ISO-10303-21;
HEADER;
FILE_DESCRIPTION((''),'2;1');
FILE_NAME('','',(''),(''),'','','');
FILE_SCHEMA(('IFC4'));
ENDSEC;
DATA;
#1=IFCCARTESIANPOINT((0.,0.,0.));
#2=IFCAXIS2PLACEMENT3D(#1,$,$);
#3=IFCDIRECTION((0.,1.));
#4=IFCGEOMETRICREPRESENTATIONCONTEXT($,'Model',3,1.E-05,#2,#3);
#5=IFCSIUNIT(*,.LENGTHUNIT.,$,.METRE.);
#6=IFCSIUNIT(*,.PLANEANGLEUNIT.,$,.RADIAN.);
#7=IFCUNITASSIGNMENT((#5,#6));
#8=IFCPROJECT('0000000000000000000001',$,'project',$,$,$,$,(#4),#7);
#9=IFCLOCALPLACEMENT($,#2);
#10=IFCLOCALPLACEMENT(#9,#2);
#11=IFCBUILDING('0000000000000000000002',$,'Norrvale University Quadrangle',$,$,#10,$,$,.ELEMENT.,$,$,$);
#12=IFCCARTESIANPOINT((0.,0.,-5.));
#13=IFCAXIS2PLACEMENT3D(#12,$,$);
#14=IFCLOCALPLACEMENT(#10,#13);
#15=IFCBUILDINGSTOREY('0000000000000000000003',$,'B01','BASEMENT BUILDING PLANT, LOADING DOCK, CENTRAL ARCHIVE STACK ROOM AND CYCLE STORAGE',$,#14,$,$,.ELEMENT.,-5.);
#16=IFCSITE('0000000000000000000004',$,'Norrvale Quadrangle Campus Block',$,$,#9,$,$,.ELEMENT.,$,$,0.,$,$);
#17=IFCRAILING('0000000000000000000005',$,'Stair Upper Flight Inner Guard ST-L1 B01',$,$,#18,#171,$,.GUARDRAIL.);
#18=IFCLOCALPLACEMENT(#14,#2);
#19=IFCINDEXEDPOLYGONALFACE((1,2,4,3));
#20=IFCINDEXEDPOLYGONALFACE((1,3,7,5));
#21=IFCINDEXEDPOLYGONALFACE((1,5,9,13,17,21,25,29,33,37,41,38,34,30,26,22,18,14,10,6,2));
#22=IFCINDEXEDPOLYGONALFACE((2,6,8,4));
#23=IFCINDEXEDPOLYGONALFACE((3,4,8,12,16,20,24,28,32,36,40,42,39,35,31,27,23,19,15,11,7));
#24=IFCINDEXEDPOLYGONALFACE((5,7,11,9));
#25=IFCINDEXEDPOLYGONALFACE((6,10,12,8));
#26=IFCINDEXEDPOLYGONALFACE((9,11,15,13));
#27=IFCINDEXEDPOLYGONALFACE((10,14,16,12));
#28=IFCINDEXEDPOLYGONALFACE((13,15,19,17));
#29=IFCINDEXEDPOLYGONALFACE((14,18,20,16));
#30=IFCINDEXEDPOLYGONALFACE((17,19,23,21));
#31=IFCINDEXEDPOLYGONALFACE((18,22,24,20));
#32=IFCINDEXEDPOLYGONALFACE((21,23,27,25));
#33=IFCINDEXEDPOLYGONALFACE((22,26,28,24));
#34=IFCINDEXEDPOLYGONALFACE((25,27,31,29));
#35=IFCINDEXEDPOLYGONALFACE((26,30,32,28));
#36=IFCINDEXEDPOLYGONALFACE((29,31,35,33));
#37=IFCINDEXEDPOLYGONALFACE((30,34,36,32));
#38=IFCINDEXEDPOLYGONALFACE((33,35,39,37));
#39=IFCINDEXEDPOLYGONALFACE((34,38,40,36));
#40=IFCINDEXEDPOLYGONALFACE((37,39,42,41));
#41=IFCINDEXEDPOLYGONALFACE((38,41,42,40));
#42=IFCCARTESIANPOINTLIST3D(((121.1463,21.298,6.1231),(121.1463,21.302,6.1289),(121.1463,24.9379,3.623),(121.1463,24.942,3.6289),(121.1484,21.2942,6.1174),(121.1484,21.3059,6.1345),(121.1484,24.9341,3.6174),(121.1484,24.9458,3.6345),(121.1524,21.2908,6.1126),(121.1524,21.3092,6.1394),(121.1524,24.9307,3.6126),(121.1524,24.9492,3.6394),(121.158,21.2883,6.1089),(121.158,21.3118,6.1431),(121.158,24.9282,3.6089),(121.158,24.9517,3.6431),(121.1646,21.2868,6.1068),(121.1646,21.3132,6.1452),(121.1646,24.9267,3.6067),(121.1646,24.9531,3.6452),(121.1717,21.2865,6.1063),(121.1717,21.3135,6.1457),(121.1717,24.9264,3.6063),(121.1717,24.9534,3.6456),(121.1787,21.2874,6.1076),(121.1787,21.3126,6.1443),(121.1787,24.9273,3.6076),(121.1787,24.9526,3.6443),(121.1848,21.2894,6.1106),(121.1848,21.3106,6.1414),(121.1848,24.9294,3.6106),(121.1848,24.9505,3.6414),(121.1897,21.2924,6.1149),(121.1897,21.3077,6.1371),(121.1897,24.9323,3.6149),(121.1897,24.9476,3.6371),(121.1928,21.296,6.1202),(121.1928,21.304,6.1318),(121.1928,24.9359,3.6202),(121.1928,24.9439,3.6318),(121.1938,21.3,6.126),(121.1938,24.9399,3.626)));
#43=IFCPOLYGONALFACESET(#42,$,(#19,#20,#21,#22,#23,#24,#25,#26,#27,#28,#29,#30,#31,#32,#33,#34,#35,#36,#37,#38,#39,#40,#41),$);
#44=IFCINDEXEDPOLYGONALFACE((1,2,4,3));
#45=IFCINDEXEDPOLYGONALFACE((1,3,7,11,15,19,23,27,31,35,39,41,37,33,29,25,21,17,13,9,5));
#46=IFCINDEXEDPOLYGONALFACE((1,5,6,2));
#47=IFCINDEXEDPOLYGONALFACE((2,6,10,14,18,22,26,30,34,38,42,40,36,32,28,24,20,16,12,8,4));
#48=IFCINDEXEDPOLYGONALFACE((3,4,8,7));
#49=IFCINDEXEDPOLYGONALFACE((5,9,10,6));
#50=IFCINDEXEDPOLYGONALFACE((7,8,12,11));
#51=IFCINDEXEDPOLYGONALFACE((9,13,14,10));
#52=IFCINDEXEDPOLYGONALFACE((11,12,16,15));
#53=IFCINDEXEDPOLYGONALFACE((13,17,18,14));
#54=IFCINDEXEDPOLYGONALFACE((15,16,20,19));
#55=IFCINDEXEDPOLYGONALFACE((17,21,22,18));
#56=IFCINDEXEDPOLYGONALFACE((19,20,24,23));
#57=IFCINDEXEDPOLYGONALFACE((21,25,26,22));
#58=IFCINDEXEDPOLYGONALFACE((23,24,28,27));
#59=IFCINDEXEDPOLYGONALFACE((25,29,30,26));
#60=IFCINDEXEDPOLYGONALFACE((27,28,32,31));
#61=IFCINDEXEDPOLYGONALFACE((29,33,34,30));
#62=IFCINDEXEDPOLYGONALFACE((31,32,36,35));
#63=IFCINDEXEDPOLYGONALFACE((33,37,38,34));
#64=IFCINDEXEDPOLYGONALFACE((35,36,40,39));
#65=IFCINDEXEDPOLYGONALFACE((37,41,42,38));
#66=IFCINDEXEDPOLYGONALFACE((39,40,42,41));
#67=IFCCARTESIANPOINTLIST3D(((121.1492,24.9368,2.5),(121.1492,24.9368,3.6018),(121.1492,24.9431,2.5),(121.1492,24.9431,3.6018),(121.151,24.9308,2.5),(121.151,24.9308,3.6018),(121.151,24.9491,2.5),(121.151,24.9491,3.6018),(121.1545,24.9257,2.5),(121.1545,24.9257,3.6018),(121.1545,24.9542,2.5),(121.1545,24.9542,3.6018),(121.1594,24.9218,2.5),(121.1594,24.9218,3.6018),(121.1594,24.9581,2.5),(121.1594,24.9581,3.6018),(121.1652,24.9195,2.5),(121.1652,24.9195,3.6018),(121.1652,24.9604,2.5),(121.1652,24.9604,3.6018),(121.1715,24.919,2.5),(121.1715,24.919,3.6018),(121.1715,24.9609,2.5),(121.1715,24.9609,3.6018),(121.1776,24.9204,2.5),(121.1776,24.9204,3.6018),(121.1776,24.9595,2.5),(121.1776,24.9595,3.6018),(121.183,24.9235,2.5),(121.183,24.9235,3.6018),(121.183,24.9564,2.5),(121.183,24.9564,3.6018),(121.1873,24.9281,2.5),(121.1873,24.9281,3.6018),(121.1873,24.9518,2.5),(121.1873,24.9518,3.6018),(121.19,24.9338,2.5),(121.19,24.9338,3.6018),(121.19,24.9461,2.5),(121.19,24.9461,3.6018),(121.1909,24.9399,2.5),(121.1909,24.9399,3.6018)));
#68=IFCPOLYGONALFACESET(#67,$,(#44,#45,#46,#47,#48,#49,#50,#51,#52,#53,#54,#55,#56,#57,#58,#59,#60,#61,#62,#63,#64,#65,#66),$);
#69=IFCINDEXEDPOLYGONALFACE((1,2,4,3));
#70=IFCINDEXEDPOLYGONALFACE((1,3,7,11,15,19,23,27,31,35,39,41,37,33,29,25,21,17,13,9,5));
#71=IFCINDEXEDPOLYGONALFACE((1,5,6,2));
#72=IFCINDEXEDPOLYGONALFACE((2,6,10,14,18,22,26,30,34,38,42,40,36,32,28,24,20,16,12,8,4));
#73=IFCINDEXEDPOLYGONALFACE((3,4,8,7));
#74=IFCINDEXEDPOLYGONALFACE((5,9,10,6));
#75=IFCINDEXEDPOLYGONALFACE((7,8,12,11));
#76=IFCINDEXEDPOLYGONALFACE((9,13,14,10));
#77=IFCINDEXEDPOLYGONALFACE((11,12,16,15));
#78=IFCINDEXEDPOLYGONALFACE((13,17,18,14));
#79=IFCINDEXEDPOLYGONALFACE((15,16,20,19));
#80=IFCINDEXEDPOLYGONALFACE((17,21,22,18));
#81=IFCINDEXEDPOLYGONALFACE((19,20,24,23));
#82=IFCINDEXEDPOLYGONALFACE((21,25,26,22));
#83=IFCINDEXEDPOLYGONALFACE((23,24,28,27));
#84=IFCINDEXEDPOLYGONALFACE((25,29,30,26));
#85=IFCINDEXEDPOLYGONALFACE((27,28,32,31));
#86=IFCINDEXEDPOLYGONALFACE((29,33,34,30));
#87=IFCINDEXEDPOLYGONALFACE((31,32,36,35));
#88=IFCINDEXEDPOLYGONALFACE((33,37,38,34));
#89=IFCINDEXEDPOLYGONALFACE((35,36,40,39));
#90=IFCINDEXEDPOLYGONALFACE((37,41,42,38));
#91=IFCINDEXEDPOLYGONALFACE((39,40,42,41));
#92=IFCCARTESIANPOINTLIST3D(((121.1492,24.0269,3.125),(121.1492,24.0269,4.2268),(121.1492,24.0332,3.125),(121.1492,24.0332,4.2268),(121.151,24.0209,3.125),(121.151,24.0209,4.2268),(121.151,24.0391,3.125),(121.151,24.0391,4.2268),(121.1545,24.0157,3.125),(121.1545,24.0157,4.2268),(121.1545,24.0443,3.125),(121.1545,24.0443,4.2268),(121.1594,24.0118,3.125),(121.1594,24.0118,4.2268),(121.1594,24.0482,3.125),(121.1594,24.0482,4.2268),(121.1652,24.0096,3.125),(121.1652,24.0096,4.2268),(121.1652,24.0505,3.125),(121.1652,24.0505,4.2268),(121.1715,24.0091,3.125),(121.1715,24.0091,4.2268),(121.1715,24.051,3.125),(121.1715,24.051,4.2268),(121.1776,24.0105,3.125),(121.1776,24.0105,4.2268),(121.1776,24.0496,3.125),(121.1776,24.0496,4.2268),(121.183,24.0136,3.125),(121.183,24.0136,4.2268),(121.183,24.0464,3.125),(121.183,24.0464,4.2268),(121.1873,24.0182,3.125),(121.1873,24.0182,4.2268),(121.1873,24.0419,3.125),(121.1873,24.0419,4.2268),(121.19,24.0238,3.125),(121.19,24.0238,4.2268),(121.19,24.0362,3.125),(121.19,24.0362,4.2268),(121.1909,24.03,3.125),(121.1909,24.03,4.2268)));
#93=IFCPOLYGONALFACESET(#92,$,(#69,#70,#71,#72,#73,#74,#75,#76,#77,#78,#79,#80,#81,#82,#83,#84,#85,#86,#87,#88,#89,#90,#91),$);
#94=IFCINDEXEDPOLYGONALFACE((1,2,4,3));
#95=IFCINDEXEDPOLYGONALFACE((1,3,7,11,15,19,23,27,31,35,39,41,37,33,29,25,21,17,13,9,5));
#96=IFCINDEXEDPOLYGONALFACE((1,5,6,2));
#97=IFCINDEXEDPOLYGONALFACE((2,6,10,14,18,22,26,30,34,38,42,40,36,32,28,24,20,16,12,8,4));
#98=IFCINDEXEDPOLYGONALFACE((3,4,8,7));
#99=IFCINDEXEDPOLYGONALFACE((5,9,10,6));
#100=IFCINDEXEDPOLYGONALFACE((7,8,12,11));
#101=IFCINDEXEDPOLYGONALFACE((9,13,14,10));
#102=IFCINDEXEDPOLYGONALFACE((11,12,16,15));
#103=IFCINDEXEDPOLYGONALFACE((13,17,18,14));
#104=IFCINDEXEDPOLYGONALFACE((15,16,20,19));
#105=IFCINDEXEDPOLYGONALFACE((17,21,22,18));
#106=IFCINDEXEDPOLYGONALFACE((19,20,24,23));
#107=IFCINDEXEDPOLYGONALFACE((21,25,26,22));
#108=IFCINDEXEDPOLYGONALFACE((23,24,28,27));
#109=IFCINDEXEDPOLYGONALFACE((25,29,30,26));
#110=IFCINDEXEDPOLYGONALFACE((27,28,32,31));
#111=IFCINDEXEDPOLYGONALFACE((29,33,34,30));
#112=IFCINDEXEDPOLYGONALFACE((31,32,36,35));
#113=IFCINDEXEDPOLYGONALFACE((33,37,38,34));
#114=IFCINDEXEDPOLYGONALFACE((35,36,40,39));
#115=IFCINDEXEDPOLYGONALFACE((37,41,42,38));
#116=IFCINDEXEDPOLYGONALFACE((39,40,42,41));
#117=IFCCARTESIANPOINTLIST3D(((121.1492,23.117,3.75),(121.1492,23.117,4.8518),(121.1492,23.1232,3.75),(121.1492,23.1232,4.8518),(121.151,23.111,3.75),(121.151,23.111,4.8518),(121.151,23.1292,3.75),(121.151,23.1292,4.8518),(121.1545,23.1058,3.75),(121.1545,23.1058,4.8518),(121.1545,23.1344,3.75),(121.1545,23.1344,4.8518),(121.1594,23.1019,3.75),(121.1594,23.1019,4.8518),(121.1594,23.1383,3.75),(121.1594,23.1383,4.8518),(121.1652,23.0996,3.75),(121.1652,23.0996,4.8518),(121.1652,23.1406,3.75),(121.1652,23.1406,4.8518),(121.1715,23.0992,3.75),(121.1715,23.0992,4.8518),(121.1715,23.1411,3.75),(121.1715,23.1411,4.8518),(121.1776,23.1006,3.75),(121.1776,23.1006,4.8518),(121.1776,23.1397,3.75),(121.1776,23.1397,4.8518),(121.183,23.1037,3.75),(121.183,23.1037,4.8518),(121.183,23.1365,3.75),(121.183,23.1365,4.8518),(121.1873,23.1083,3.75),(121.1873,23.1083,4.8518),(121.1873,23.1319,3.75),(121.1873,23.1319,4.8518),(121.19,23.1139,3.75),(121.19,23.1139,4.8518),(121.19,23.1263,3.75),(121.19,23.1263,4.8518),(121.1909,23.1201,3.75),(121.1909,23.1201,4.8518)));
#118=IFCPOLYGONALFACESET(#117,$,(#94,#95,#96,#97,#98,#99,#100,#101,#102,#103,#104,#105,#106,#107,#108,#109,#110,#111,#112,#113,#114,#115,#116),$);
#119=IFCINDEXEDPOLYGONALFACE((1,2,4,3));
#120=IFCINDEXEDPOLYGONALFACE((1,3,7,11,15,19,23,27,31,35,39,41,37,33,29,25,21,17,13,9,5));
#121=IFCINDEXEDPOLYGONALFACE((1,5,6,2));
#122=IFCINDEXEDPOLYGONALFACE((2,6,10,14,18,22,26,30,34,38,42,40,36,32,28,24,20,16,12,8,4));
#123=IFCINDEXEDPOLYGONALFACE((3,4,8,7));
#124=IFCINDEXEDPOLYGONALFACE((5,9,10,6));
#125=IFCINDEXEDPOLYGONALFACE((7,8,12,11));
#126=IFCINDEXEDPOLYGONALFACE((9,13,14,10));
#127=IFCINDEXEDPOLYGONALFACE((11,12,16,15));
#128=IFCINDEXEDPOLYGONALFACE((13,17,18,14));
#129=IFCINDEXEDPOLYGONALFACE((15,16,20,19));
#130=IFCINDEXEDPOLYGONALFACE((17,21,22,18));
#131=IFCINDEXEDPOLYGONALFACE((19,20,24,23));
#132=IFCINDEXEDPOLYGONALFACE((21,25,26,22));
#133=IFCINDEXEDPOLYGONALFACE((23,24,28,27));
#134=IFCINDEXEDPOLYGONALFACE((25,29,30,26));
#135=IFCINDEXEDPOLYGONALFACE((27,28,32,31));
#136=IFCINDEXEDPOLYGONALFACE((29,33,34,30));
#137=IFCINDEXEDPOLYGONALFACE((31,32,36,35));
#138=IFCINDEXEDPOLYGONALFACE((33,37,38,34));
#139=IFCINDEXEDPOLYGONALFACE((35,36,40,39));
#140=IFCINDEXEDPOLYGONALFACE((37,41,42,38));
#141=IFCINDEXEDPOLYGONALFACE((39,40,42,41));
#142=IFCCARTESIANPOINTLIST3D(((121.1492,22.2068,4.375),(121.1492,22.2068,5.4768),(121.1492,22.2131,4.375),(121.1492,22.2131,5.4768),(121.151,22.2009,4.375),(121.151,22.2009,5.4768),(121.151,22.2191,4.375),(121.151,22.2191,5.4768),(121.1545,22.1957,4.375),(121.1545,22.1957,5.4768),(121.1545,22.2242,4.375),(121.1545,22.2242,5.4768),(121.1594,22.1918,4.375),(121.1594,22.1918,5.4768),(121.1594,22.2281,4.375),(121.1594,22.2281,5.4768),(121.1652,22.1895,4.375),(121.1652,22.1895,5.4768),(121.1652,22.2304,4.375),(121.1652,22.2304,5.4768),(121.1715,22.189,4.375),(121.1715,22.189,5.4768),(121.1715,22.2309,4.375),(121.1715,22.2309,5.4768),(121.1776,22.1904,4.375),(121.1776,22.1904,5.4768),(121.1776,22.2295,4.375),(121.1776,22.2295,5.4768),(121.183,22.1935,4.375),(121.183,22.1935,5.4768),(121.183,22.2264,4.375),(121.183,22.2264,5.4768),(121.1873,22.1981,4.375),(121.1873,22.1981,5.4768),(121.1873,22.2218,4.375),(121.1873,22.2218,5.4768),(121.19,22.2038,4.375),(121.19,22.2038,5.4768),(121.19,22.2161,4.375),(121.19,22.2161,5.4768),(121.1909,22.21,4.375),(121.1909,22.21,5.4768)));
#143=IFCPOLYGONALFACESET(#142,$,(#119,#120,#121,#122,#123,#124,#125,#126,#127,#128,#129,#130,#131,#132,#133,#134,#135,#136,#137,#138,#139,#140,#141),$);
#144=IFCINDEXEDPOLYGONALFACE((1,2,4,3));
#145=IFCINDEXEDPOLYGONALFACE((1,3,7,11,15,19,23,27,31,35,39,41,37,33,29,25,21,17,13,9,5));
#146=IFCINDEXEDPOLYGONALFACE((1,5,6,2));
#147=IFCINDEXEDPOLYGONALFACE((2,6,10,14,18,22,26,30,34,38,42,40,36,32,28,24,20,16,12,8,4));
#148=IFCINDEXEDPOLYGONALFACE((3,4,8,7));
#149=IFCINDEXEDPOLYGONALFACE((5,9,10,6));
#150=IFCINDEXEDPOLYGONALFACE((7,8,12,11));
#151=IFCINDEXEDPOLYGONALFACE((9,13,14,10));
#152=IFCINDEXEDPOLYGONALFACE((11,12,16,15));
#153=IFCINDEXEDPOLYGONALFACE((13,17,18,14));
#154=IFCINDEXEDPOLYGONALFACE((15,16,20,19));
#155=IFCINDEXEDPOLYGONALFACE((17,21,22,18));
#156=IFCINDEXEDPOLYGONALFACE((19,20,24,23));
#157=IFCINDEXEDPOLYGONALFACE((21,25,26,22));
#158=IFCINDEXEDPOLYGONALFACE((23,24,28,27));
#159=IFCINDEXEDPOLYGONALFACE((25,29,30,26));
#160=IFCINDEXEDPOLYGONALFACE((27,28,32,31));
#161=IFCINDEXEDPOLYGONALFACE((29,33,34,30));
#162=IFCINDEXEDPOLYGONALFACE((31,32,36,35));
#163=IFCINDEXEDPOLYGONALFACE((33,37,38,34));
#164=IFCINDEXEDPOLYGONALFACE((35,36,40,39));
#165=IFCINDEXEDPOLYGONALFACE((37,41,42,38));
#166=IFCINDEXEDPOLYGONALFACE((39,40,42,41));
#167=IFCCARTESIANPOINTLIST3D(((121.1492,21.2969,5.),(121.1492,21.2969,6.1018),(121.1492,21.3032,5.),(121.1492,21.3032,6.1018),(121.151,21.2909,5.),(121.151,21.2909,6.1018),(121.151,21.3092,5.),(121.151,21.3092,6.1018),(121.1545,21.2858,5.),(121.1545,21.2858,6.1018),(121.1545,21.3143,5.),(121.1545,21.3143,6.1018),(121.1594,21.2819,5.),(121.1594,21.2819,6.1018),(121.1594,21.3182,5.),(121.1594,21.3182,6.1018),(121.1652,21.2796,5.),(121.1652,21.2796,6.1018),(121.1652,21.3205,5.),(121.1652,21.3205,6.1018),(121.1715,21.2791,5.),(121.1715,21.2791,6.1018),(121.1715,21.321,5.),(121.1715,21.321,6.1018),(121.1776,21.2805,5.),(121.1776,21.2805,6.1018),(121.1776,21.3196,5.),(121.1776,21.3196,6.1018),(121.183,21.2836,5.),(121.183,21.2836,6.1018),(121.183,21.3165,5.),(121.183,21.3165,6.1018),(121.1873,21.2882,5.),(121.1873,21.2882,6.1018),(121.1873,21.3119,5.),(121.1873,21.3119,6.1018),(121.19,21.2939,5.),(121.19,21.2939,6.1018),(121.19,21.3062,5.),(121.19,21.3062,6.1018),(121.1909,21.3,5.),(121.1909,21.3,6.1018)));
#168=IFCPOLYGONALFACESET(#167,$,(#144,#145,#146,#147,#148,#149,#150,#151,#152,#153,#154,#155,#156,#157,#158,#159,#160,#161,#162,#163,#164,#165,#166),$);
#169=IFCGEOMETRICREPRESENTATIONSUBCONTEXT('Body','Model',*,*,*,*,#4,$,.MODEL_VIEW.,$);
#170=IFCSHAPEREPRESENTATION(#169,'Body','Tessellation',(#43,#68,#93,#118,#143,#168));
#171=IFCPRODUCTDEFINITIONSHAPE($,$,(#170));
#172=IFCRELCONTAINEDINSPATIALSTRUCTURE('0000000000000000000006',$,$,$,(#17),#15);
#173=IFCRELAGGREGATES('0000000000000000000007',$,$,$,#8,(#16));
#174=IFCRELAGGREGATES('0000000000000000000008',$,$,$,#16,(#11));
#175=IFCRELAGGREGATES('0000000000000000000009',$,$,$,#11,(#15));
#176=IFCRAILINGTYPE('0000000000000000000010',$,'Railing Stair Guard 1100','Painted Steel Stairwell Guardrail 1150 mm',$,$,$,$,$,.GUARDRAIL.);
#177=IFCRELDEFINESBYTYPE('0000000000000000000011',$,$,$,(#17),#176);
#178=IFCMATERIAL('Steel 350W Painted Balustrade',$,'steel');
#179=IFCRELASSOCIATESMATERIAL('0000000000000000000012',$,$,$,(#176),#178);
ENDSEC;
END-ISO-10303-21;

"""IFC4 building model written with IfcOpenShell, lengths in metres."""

from ifc_helpers import new_model, si_unit, direction, frame, origin, origin_2d, place, context, subcontext, project, spatial, circle, extrude, material, type_object, element, save


model = new_model("IFC4")

# Units and contexts
model_context = context("Model", 3, precision=1e-05, world=origin(), true_north=direction((0.0, 1.0)))
body_context = subcontext(model_context, "Body", "Model", "MODEL_VIEW")
ifc_project = project(units=[si_unit("LENGTHUNIT", "METRE"), si_unit("PLANEANGLEUNIT", "RADIAN")], contexts=[model_context])

# Site, building, storey
site_placement = place(None, origin())
site = spatial("IfcSite", under=ifc_project, at=site_placement, Name="Norrvale Quadrangle Campus Block", CompositionType="ELEMENT", RefElevation=0.0)
building_placement = place(site_placement, origin())
building = spatial("IfcBuilding", under=site, at=building_placement, Name="Norrvale University Quadrangle", CompositionType="ELEMENT")
storey_placement = place(building_placement, frame((0.0, 0.0, -5.0)))
storey = spatial("IfcBuildingStorey", under=building, at=storey_placement, Name="B01", Description="BASEMENT BUILDING PLANT, LOADING DOCK, CENTRAL ARCHIVE STACK ROOM AND CYCLE STORAGE", CompositionType="ELEMENT", Elevation=-5.0)

# Railing
ifc_material_1 = material(Name="Steel 350W Painted Balustrade", Category="steel")
railing_type_1 = type_object("IfcRailingType", Name="Railing Stair Guard 1100", Description="Painted Steel Stairwell Guardrail 1150 mm", PredefinedType="GUARDRAIL", material=ifc_material_1)
railing_1_placement = place(storey_placement, frame((121.1699, 24.9399, 2.5)))
element("IfcRailing", 1, at=railing_1_placement, inside=storey, type_object=railing_type_1, Name="Stair Upper Flight Inner Guard ST-L1 B01", PredefinedType="GUARDRAIL", context=body_context, shape_type="SweptSolid", body=[
    extrude(circle(Radius=0.0239, at=origin_2d()), frame((0.0, 0.0, 1.126), z_axis=(0.0, -0.824298, 0.566156), x_axis=(1.0, 0.0, 0.0)), (0.0, 0.0, 1.0), 4.4158),
    extrude(circle(Radius=0.021, at=origin_2d()), origin(), (0.0, 0.0, 1.0), 1.1018),
    extrude(circle(Radius=0.021, at=origin_2d()), frame((0.0, -0.9099, 0.625)), (0.0, 0.0, 1.0), 1.1018),
    extrude(circle(Radius=0.021, at=origin_2d()), frame((0.0, -1.8198, 1.25)), (0.0, 0.0, 1.0), 1.1018),
    extrude(circle(Radius=0.021, at=origin_2d()), frame((0.0, -2.73, 1.875)), (0.0, 0.0, 1.0), 1.1018),
    extrude(circle(Radius=0.021, at=origin_2d()), frame((0.0, -3.6399, 2.5)), (0.0, 0.0, 1.0), 1.1018),
])

save(model, "model.ifc")
